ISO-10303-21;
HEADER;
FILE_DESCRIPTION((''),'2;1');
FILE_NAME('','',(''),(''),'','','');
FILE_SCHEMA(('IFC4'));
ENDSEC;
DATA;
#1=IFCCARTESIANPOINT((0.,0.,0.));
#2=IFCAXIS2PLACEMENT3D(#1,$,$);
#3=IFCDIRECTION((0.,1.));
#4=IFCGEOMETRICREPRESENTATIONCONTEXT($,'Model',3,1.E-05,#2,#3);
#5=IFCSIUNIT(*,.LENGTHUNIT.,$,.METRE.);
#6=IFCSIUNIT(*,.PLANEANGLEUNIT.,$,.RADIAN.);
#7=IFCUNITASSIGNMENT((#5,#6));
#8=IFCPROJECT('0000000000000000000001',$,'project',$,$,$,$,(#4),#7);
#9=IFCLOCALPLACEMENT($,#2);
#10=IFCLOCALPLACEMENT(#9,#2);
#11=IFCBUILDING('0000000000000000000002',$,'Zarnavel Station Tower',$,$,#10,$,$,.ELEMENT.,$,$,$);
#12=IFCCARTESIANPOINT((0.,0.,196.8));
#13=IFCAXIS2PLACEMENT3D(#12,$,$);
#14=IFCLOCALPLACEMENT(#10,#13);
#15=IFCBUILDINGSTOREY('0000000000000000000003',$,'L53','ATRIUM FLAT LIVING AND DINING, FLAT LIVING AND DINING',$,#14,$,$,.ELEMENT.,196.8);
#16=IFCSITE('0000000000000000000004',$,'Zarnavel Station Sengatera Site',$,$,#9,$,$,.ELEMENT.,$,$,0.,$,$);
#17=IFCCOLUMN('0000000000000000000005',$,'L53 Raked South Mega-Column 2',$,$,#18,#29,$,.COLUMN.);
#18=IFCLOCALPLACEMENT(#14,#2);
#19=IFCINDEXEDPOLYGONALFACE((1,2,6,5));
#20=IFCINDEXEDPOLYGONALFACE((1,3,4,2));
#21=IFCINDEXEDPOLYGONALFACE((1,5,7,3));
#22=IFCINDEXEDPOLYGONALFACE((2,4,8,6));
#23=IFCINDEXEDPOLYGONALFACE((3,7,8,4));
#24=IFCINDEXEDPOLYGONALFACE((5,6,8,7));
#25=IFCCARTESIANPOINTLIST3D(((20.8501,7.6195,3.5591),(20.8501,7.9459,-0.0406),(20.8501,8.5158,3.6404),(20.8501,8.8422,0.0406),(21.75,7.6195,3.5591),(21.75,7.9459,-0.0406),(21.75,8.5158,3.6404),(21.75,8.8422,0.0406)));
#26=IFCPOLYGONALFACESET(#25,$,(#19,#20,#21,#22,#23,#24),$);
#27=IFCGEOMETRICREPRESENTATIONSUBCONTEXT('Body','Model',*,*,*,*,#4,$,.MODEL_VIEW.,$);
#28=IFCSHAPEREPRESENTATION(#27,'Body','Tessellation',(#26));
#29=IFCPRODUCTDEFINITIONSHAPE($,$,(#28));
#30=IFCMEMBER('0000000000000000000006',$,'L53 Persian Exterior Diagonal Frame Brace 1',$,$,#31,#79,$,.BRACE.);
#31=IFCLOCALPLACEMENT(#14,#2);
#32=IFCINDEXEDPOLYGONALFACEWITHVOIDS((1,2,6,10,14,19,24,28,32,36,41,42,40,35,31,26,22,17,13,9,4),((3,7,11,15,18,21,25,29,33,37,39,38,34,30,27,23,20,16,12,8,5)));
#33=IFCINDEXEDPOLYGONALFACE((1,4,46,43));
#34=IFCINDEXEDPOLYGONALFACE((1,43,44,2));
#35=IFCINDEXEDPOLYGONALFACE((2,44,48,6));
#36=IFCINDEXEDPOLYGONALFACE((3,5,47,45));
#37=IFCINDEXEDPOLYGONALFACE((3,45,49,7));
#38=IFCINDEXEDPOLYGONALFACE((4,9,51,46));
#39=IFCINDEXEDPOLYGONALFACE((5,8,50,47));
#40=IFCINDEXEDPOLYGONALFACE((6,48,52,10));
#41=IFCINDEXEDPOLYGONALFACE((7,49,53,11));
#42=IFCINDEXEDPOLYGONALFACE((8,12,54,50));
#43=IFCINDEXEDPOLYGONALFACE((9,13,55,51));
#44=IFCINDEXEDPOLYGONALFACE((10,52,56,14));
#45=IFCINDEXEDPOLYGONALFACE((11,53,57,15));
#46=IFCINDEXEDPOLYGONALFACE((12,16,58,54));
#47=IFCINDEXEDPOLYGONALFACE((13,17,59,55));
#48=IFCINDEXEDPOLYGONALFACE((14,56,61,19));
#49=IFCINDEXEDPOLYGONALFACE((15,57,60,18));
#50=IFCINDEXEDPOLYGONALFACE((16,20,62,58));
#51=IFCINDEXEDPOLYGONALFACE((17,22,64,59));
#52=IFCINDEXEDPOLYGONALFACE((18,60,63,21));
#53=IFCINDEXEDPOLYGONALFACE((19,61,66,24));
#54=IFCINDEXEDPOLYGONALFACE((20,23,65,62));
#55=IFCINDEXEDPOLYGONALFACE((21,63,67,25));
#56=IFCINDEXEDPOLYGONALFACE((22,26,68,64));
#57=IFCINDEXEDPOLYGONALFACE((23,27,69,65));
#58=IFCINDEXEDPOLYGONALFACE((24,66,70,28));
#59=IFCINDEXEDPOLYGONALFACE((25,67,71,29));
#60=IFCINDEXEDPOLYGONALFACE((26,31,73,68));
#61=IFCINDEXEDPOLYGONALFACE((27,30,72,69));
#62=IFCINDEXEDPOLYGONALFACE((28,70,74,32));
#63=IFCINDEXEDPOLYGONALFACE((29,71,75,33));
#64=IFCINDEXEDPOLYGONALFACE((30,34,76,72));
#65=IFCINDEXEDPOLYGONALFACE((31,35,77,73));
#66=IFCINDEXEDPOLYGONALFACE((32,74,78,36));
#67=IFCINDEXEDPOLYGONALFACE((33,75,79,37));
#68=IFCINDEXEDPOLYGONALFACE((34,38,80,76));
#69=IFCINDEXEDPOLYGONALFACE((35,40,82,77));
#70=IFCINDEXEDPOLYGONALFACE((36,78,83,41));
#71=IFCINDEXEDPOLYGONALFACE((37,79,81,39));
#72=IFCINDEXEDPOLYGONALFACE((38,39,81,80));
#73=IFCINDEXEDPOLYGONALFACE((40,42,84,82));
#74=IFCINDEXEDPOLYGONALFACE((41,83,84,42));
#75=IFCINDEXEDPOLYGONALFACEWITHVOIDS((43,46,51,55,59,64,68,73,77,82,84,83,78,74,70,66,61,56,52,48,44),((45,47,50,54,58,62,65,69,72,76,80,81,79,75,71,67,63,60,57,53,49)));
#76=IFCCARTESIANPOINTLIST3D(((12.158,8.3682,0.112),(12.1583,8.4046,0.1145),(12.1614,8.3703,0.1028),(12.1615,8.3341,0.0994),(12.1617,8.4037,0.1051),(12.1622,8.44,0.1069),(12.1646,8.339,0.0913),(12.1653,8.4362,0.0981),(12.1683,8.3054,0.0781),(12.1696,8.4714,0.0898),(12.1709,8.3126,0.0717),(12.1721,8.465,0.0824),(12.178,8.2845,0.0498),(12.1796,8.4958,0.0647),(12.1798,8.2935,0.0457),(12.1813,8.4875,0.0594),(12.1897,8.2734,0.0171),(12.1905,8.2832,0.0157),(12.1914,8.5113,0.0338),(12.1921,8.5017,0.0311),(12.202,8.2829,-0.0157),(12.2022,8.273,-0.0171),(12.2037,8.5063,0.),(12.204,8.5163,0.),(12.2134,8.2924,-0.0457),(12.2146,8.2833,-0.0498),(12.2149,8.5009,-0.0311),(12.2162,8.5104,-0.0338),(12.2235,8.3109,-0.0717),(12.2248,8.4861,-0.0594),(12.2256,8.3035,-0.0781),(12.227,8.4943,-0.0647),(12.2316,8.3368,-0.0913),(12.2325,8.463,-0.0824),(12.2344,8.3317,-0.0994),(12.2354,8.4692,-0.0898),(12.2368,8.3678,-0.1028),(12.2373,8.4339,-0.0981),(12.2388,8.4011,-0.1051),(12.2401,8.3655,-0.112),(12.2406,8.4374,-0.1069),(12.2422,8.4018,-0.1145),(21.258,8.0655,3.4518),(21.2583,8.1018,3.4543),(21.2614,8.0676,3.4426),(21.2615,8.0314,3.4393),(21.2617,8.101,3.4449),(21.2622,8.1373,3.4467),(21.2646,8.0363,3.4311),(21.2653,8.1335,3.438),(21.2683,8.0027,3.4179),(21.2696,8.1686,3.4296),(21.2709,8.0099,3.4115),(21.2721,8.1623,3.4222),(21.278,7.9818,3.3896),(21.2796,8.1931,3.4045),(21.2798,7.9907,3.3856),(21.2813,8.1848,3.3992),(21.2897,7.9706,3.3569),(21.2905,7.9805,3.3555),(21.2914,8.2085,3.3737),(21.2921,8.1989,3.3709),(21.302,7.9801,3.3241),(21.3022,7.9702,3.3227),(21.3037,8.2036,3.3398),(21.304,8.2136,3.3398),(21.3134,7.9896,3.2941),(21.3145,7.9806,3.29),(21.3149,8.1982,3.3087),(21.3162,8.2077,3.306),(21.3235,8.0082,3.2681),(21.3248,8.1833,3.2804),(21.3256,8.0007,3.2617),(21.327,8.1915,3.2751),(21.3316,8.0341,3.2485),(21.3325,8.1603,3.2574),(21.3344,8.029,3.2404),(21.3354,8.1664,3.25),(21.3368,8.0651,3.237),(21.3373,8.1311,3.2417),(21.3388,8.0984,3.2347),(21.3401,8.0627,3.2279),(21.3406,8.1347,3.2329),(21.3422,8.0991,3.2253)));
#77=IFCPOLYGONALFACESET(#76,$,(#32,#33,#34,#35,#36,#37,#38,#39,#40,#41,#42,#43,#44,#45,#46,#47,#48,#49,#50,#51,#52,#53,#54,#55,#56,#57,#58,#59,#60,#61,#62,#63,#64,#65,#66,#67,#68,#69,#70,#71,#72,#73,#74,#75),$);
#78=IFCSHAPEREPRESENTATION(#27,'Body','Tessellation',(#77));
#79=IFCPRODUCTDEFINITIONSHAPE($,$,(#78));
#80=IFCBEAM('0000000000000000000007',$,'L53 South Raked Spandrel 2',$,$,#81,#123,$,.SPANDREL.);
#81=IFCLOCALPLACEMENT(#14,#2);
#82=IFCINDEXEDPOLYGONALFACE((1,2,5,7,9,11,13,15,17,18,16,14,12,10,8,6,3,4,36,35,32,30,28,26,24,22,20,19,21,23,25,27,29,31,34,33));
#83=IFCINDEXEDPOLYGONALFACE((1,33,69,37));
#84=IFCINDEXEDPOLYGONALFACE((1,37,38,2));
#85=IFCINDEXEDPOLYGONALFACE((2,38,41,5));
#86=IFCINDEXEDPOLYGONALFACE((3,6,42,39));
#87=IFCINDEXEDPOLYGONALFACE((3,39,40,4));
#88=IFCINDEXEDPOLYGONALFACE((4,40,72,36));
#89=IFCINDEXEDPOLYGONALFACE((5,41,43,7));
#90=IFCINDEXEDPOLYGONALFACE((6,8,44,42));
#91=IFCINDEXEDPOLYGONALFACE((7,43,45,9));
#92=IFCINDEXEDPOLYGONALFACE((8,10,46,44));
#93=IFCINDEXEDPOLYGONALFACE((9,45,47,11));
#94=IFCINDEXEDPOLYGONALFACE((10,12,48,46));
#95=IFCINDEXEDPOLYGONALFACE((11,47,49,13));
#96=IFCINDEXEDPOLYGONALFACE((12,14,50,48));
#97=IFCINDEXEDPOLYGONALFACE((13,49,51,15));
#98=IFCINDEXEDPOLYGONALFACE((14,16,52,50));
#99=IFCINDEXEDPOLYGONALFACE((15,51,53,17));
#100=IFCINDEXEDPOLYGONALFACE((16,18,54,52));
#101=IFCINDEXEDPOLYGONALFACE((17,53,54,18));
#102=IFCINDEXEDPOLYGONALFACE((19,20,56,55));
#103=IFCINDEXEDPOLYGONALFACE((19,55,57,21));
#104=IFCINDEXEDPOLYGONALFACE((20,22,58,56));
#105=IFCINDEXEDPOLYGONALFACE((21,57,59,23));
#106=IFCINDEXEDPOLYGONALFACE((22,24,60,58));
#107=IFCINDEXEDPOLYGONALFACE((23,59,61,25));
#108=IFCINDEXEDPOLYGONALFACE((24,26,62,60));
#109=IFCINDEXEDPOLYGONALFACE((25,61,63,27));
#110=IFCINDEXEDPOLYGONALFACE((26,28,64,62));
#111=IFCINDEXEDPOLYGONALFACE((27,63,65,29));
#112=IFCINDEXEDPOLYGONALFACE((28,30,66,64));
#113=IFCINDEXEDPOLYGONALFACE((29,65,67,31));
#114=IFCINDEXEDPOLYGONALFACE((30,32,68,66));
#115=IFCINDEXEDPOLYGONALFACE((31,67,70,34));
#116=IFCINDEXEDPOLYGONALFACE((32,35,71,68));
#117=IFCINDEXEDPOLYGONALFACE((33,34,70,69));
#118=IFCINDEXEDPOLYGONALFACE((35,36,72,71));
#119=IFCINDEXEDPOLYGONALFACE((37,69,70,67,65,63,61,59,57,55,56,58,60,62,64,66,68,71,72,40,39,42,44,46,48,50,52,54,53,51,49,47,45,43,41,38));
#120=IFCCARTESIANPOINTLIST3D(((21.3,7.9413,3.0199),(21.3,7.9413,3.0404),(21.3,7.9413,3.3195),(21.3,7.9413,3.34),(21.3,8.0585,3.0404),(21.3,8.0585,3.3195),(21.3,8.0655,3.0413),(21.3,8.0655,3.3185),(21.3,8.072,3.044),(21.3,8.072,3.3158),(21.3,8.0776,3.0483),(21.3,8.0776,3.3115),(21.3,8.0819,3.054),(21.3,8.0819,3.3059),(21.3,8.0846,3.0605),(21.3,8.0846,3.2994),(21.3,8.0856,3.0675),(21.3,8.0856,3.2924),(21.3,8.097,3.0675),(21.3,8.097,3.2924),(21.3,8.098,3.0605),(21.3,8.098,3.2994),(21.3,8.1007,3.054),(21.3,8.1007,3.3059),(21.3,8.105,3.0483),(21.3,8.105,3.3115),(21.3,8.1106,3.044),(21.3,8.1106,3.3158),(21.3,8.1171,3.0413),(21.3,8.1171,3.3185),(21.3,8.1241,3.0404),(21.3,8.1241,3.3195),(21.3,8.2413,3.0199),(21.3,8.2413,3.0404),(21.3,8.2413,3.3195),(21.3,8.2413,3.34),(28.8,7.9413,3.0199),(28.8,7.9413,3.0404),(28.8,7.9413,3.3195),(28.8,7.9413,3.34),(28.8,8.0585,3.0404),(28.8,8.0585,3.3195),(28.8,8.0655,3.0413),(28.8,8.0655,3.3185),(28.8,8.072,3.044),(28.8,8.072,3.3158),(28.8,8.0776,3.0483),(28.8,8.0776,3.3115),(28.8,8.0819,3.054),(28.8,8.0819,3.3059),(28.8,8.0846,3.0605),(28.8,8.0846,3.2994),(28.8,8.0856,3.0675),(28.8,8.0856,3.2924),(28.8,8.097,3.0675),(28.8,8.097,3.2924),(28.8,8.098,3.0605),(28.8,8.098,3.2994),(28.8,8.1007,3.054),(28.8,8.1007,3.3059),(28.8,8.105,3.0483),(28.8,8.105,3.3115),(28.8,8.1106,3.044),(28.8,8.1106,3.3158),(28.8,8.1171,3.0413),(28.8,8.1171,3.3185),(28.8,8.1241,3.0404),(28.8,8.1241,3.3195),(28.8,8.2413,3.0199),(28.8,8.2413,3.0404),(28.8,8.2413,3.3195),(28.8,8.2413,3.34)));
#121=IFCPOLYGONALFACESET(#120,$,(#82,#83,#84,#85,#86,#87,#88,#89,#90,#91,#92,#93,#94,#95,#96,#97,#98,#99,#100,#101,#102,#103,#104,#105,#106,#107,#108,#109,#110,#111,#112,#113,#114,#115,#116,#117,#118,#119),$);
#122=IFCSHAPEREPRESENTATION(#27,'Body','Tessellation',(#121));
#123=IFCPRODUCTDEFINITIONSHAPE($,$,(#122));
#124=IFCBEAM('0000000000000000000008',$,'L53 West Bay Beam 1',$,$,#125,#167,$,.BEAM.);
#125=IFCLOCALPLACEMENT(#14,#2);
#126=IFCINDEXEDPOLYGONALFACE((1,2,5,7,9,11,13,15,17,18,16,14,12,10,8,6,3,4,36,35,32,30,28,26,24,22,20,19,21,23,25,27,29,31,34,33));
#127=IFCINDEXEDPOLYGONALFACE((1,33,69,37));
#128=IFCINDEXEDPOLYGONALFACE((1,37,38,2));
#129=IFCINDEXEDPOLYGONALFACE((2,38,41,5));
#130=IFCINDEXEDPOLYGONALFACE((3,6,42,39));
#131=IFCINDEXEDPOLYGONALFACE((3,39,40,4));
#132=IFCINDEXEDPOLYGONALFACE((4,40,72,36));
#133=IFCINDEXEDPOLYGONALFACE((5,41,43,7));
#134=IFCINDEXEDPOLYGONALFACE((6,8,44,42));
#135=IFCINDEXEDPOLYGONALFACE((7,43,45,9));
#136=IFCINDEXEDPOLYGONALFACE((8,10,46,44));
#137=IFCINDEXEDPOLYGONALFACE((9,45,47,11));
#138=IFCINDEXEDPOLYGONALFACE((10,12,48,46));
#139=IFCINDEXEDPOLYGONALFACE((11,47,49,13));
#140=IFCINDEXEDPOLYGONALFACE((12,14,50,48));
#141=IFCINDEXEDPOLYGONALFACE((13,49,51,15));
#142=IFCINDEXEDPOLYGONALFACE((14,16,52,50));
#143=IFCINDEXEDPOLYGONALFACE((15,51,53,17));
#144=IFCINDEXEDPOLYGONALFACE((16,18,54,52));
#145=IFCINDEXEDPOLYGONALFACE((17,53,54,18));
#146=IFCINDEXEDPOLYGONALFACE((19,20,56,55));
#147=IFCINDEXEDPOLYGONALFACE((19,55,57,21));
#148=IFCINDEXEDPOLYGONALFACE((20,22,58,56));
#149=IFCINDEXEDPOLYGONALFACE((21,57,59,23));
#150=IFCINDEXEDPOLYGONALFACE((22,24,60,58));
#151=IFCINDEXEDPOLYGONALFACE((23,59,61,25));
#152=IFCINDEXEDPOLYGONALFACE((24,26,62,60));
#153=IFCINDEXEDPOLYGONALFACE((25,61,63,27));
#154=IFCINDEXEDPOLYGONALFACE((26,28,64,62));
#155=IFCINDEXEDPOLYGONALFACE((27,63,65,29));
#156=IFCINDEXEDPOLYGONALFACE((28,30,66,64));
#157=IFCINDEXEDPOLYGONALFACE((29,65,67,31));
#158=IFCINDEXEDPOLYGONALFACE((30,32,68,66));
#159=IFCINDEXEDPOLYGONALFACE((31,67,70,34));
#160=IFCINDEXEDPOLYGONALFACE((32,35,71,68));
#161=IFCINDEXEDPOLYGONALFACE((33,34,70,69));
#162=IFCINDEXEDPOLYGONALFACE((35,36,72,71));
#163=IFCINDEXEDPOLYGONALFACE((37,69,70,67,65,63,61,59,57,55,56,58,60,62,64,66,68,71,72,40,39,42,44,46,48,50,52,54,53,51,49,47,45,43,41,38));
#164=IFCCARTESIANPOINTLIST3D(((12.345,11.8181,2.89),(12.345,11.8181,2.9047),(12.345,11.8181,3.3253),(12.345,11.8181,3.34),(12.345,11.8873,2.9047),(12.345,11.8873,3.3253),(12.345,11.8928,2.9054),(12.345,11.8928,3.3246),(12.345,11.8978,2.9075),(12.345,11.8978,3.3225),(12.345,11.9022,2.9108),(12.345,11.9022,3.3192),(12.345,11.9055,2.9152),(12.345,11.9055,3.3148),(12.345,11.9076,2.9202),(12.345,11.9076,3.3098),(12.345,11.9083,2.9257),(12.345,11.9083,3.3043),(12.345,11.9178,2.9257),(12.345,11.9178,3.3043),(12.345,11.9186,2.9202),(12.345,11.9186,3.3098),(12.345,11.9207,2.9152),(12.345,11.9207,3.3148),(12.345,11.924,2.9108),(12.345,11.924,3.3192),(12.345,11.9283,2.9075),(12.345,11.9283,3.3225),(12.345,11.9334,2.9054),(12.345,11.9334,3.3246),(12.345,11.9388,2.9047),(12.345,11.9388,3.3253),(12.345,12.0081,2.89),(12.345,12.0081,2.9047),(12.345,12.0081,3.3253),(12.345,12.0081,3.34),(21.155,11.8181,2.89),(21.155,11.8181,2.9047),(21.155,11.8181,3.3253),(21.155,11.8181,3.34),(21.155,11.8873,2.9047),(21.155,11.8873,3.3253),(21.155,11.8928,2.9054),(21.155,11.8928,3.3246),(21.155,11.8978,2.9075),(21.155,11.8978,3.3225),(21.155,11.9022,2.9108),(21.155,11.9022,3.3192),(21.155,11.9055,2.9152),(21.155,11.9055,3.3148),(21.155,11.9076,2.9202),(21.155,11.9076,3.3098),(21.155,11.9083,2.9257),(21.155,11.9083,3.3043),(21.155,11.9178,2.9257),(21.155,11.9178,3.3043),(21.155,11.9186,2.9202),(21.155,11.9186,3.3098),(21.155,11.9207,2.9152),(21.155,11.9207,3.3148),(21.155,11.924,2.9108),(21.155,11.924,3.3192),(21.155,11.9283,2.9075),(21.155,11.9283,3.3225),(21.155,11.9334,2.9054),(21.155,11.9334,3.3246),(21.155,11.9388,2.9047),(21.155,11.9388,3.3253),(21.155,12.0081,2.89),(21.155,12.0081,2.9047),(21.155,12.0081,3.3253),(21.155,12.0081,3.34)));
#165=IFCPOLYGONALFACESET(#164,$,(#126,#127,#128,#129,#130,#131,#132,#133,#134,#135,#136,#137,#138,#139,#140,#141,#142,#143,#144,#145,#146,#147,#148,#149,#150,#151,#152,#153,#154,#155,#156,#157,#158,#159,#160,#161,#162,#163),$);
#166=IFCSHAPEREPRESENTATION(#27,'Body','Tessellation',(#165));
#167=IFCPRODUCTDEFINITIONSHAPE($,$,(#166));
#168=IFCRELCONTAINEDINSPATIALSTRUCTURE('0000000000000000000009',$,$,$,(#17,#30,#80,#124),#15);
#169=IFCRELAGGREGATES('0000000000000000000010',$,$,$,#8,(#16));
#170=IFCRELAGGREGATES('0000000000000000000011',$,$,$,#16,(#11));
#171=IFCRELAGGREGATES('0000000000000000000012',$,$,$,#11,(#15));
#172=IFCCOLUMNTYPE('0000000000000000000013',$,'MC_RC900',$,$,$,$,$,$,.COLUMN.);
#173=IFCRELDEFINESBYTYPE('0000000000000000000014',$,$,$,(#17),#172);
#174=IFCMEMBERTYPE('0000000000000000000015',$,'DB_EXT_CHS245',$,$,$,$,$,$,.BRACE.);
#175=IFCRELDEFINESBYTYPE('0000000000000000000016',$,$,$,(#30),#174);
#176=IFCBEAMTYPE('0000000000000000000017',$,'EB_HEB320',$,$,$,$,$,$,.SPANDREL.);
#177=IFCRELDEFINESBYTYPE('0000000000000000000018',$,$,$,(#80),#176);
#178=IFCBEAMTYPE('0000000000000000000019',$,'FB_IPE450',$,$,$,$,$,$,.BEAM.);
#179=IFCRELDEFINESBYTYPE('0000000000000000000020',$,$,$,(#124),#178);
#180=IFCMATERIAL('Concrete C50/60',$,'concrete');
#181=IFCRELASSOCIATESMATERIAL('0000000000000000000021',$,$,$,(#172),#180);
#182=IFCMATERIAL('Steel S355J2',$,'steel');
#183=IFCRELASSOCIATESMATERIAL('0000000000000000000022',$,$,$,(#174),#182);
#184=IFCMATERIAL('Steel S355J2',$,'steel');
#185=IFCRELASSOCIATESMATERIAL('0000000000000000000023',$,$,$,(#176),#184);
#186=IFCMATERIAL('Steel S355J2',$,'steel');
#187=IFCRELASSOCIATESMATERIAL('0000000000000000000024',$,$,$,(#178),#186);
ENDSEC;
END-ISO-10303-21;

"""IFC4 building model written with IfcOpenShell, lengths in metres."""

from ifc_helpers import new_model, si_unit, direction, frame, origin, origin_2d, place, context, subcontext, project, spatial, rectangle, hollow_circle, i_section, extrude, material, material_profile, profile_set, type_object, element, save


model = new_model("IFC4")

# Units and contexts
model_context = context("Model", 3, precision=1e-05, world=origin(), true_north=direction((0.0, 1.0)))
body_context = subcontext(model_context, "Body", "Model", "MODEL_VIEW")
ifc_project = project(units=[si_unit("LENGTHUNIT", "METRE"), si_unit("PLANEANGLEUNIT", "RADIAN")], contexts=[model_context])

# Site, building, storey
site_placement = place(None, origin())
site = spatial("IfcSite", under=ifc_project, at=site_placement, Name="Zarnavel Station Sengatera Site", CompositionType="ELEMENT", RefElevation=0.0)
building_placement = place(site_placement, origin())
building = spatial("IfcBuilding", under=site, at=building_placement, Name="Zarnavel Station Tower", CompositionType="ELEMENT")
storey_placement = place(building_placement, frame((0.0, 0.0, 196.8)))
storey = spatial("IfcBuildingStorey", under=building, at=storey_placement, Name="L53", Description="ATRIUM FLAT LIVING AND DINING, FLAT LIVING AND DINING", CompositionType="ELEMENT", Elevation=196.8)

# Column
ifc_material_1 = material(Name="Concrete C50/60", Category="concrete")
ifc_material_profile_1 = material_profile(ifc_material_1, rectangle(XDim=0.8999, YDim=0.8999, at=origin_2d()), Name="RC900x900")
ifc_profile_set_1 = profile_set([ifc_material_profile_1], Name="Concrete C50/60")
column_type = type_object("IfcColumnType", Name="MC_RC900", PredefinedType="COLUMN", material=ifc_profile_set_1)
column_placement = place(storey_placement, frame((21.3, 8.394, 0.0), z_axis=(0.0, -0.090304, 0.995914), x_axis=(1.0, 0.0, 0.0)))
element("IfcColumn", 1, at=column_placement, inside=storey, type_object=column_type, Name="L53 Raked South Mega-Column 2", PredefinedType="COLUMN", context=body_context, shape_type="SweptSolid", body=[
    extrude(rectangle(XDim=0.8999, YDim=0.8999, at=origin_2d()), origin(), (0.0, 0.0, 1.0), 3.6145),
])

# Member
ifc_material_2 = material(Name="Steel S355J2", Category="steel")
ifc_material_profile_2 = material_profile(ifc_material_2, hollow_circle(Radius=0.1223, WallThickness=0.01, at=origin_2d()), Name="CHS244.5x10")
ifc_profile_set_2 = profile_set([ifc_material_profile_2], Name="Steel S355J2")
member_type = type_object("IfcMemberType", Name="DB_EXT_CHS245", PredefinedType="BRACE", material=ifc_profile_set_2)
member_placement = place(storey_placement, frame((12.2, 8.394, 0.0), z_axis=(0.938314, -0.031215, 0.344372), x_axis=(0.033249, 0.999447, 0.0)))
element("IfcMember", 2, at=member_placement, inside=storey, type_object=member_type, Name="L53 Persian Exterior Diagonal Frame Brace 1", PredefinedType="BRACE", context=body_context, shape_type="SweptSolid", body=[
    extrude(hollow_circle(Radius=0.1223, WallThickness=0.01, at=origin_2d()), origin(), (0.0, 0.0, 1.0), 9.6982),
])

# Beams
ifc_material_3 = material(Name="Steel S355J2", Category="steel")
ifc_material_profile_3 = material_profile(ifc_material_3, i_section(OverallWidth=0.3, OverallDepth=0.3201, WebThickness=0.0115, FlangeThickness=0.0205, FilletRadius=0.0271, at=origin_2d()), Name="HEB320")
ifc_profile_set_3 = profile_set([ifc_material_profile_3], Name="Steel S355J2")
beam_type_1 = type_object("IfcBeamType", Name="EB_HEB320", PredefinedType="SPANDREL", material=ifc_profile_set_3)
beam_1_placement = place(storey_placement, frame((21.3, 8.0913, 3.1799), z_axis=(1.0, 0.0, 0.0), x_axis=(0.0, 1.0, 0.0)))
element("IfcBeam", 3, at=beam_1_placement, inside=storey, type_object=beam_type_1, Name="L53 South Raked Spandrel 2", PredefinedType="SPANDREL", context=body_context, shape_type="SweptSolid", body=[
    extrude(i_section(OverallWidth=0.3, OverallDepth=0.3201, WebThickness=0.0115, FlangeThickness=0.0205, FilletRadius=0.0271, at=origin_2d()), origin(), (0.0, 0.0, 1.0), 7.5),
])
ifc_material_4 = material(Name="Steel S355J2", Category="steel")
ifc_material_profile_4 = material_profile(ifc_material_4, i_section(OverallWidth=0.1899, OverallDepth=0.45, WebThickness=0.0095, FlangeThickness=0.0146, FilletRadius=0.021, at=origin_2d()), Name="IPE450")
ifc_profile_set_4 = profile_set([ifc_material_profile_4], Name="Steel S355J2")
beam_type_2 = type_object("IfcBeamType", Name="FB_IPE450", PredefinedType="BEAM", material=ifc_profile_set_4)
beam_2_placement = place(storey_placement, frame((12.345, 11.9131, 3.115), z_axis=(1.0, 0.0, 0.0), x_axis=(0.0, 1.0, 0.0)))
element("IfcBeam", 4, at=beam_2_placement, inside=storey, type_object=beam_type_2, Name="L53 West Bay Beam 1", PredefinedType="BEAM", context=body_context, shape_type="SweptSolid", body=[
    extrude(i_section(OverallWidth=0.1899, OverallDepth=0.45, WebThickness=0.0095, FlangeThickness=0.0146, FilletRadius=0.021, at=origin_2d()), origin(), (0.0, 0.0, 1.0), 8.8101),
])

save(model, "model.ifc")
